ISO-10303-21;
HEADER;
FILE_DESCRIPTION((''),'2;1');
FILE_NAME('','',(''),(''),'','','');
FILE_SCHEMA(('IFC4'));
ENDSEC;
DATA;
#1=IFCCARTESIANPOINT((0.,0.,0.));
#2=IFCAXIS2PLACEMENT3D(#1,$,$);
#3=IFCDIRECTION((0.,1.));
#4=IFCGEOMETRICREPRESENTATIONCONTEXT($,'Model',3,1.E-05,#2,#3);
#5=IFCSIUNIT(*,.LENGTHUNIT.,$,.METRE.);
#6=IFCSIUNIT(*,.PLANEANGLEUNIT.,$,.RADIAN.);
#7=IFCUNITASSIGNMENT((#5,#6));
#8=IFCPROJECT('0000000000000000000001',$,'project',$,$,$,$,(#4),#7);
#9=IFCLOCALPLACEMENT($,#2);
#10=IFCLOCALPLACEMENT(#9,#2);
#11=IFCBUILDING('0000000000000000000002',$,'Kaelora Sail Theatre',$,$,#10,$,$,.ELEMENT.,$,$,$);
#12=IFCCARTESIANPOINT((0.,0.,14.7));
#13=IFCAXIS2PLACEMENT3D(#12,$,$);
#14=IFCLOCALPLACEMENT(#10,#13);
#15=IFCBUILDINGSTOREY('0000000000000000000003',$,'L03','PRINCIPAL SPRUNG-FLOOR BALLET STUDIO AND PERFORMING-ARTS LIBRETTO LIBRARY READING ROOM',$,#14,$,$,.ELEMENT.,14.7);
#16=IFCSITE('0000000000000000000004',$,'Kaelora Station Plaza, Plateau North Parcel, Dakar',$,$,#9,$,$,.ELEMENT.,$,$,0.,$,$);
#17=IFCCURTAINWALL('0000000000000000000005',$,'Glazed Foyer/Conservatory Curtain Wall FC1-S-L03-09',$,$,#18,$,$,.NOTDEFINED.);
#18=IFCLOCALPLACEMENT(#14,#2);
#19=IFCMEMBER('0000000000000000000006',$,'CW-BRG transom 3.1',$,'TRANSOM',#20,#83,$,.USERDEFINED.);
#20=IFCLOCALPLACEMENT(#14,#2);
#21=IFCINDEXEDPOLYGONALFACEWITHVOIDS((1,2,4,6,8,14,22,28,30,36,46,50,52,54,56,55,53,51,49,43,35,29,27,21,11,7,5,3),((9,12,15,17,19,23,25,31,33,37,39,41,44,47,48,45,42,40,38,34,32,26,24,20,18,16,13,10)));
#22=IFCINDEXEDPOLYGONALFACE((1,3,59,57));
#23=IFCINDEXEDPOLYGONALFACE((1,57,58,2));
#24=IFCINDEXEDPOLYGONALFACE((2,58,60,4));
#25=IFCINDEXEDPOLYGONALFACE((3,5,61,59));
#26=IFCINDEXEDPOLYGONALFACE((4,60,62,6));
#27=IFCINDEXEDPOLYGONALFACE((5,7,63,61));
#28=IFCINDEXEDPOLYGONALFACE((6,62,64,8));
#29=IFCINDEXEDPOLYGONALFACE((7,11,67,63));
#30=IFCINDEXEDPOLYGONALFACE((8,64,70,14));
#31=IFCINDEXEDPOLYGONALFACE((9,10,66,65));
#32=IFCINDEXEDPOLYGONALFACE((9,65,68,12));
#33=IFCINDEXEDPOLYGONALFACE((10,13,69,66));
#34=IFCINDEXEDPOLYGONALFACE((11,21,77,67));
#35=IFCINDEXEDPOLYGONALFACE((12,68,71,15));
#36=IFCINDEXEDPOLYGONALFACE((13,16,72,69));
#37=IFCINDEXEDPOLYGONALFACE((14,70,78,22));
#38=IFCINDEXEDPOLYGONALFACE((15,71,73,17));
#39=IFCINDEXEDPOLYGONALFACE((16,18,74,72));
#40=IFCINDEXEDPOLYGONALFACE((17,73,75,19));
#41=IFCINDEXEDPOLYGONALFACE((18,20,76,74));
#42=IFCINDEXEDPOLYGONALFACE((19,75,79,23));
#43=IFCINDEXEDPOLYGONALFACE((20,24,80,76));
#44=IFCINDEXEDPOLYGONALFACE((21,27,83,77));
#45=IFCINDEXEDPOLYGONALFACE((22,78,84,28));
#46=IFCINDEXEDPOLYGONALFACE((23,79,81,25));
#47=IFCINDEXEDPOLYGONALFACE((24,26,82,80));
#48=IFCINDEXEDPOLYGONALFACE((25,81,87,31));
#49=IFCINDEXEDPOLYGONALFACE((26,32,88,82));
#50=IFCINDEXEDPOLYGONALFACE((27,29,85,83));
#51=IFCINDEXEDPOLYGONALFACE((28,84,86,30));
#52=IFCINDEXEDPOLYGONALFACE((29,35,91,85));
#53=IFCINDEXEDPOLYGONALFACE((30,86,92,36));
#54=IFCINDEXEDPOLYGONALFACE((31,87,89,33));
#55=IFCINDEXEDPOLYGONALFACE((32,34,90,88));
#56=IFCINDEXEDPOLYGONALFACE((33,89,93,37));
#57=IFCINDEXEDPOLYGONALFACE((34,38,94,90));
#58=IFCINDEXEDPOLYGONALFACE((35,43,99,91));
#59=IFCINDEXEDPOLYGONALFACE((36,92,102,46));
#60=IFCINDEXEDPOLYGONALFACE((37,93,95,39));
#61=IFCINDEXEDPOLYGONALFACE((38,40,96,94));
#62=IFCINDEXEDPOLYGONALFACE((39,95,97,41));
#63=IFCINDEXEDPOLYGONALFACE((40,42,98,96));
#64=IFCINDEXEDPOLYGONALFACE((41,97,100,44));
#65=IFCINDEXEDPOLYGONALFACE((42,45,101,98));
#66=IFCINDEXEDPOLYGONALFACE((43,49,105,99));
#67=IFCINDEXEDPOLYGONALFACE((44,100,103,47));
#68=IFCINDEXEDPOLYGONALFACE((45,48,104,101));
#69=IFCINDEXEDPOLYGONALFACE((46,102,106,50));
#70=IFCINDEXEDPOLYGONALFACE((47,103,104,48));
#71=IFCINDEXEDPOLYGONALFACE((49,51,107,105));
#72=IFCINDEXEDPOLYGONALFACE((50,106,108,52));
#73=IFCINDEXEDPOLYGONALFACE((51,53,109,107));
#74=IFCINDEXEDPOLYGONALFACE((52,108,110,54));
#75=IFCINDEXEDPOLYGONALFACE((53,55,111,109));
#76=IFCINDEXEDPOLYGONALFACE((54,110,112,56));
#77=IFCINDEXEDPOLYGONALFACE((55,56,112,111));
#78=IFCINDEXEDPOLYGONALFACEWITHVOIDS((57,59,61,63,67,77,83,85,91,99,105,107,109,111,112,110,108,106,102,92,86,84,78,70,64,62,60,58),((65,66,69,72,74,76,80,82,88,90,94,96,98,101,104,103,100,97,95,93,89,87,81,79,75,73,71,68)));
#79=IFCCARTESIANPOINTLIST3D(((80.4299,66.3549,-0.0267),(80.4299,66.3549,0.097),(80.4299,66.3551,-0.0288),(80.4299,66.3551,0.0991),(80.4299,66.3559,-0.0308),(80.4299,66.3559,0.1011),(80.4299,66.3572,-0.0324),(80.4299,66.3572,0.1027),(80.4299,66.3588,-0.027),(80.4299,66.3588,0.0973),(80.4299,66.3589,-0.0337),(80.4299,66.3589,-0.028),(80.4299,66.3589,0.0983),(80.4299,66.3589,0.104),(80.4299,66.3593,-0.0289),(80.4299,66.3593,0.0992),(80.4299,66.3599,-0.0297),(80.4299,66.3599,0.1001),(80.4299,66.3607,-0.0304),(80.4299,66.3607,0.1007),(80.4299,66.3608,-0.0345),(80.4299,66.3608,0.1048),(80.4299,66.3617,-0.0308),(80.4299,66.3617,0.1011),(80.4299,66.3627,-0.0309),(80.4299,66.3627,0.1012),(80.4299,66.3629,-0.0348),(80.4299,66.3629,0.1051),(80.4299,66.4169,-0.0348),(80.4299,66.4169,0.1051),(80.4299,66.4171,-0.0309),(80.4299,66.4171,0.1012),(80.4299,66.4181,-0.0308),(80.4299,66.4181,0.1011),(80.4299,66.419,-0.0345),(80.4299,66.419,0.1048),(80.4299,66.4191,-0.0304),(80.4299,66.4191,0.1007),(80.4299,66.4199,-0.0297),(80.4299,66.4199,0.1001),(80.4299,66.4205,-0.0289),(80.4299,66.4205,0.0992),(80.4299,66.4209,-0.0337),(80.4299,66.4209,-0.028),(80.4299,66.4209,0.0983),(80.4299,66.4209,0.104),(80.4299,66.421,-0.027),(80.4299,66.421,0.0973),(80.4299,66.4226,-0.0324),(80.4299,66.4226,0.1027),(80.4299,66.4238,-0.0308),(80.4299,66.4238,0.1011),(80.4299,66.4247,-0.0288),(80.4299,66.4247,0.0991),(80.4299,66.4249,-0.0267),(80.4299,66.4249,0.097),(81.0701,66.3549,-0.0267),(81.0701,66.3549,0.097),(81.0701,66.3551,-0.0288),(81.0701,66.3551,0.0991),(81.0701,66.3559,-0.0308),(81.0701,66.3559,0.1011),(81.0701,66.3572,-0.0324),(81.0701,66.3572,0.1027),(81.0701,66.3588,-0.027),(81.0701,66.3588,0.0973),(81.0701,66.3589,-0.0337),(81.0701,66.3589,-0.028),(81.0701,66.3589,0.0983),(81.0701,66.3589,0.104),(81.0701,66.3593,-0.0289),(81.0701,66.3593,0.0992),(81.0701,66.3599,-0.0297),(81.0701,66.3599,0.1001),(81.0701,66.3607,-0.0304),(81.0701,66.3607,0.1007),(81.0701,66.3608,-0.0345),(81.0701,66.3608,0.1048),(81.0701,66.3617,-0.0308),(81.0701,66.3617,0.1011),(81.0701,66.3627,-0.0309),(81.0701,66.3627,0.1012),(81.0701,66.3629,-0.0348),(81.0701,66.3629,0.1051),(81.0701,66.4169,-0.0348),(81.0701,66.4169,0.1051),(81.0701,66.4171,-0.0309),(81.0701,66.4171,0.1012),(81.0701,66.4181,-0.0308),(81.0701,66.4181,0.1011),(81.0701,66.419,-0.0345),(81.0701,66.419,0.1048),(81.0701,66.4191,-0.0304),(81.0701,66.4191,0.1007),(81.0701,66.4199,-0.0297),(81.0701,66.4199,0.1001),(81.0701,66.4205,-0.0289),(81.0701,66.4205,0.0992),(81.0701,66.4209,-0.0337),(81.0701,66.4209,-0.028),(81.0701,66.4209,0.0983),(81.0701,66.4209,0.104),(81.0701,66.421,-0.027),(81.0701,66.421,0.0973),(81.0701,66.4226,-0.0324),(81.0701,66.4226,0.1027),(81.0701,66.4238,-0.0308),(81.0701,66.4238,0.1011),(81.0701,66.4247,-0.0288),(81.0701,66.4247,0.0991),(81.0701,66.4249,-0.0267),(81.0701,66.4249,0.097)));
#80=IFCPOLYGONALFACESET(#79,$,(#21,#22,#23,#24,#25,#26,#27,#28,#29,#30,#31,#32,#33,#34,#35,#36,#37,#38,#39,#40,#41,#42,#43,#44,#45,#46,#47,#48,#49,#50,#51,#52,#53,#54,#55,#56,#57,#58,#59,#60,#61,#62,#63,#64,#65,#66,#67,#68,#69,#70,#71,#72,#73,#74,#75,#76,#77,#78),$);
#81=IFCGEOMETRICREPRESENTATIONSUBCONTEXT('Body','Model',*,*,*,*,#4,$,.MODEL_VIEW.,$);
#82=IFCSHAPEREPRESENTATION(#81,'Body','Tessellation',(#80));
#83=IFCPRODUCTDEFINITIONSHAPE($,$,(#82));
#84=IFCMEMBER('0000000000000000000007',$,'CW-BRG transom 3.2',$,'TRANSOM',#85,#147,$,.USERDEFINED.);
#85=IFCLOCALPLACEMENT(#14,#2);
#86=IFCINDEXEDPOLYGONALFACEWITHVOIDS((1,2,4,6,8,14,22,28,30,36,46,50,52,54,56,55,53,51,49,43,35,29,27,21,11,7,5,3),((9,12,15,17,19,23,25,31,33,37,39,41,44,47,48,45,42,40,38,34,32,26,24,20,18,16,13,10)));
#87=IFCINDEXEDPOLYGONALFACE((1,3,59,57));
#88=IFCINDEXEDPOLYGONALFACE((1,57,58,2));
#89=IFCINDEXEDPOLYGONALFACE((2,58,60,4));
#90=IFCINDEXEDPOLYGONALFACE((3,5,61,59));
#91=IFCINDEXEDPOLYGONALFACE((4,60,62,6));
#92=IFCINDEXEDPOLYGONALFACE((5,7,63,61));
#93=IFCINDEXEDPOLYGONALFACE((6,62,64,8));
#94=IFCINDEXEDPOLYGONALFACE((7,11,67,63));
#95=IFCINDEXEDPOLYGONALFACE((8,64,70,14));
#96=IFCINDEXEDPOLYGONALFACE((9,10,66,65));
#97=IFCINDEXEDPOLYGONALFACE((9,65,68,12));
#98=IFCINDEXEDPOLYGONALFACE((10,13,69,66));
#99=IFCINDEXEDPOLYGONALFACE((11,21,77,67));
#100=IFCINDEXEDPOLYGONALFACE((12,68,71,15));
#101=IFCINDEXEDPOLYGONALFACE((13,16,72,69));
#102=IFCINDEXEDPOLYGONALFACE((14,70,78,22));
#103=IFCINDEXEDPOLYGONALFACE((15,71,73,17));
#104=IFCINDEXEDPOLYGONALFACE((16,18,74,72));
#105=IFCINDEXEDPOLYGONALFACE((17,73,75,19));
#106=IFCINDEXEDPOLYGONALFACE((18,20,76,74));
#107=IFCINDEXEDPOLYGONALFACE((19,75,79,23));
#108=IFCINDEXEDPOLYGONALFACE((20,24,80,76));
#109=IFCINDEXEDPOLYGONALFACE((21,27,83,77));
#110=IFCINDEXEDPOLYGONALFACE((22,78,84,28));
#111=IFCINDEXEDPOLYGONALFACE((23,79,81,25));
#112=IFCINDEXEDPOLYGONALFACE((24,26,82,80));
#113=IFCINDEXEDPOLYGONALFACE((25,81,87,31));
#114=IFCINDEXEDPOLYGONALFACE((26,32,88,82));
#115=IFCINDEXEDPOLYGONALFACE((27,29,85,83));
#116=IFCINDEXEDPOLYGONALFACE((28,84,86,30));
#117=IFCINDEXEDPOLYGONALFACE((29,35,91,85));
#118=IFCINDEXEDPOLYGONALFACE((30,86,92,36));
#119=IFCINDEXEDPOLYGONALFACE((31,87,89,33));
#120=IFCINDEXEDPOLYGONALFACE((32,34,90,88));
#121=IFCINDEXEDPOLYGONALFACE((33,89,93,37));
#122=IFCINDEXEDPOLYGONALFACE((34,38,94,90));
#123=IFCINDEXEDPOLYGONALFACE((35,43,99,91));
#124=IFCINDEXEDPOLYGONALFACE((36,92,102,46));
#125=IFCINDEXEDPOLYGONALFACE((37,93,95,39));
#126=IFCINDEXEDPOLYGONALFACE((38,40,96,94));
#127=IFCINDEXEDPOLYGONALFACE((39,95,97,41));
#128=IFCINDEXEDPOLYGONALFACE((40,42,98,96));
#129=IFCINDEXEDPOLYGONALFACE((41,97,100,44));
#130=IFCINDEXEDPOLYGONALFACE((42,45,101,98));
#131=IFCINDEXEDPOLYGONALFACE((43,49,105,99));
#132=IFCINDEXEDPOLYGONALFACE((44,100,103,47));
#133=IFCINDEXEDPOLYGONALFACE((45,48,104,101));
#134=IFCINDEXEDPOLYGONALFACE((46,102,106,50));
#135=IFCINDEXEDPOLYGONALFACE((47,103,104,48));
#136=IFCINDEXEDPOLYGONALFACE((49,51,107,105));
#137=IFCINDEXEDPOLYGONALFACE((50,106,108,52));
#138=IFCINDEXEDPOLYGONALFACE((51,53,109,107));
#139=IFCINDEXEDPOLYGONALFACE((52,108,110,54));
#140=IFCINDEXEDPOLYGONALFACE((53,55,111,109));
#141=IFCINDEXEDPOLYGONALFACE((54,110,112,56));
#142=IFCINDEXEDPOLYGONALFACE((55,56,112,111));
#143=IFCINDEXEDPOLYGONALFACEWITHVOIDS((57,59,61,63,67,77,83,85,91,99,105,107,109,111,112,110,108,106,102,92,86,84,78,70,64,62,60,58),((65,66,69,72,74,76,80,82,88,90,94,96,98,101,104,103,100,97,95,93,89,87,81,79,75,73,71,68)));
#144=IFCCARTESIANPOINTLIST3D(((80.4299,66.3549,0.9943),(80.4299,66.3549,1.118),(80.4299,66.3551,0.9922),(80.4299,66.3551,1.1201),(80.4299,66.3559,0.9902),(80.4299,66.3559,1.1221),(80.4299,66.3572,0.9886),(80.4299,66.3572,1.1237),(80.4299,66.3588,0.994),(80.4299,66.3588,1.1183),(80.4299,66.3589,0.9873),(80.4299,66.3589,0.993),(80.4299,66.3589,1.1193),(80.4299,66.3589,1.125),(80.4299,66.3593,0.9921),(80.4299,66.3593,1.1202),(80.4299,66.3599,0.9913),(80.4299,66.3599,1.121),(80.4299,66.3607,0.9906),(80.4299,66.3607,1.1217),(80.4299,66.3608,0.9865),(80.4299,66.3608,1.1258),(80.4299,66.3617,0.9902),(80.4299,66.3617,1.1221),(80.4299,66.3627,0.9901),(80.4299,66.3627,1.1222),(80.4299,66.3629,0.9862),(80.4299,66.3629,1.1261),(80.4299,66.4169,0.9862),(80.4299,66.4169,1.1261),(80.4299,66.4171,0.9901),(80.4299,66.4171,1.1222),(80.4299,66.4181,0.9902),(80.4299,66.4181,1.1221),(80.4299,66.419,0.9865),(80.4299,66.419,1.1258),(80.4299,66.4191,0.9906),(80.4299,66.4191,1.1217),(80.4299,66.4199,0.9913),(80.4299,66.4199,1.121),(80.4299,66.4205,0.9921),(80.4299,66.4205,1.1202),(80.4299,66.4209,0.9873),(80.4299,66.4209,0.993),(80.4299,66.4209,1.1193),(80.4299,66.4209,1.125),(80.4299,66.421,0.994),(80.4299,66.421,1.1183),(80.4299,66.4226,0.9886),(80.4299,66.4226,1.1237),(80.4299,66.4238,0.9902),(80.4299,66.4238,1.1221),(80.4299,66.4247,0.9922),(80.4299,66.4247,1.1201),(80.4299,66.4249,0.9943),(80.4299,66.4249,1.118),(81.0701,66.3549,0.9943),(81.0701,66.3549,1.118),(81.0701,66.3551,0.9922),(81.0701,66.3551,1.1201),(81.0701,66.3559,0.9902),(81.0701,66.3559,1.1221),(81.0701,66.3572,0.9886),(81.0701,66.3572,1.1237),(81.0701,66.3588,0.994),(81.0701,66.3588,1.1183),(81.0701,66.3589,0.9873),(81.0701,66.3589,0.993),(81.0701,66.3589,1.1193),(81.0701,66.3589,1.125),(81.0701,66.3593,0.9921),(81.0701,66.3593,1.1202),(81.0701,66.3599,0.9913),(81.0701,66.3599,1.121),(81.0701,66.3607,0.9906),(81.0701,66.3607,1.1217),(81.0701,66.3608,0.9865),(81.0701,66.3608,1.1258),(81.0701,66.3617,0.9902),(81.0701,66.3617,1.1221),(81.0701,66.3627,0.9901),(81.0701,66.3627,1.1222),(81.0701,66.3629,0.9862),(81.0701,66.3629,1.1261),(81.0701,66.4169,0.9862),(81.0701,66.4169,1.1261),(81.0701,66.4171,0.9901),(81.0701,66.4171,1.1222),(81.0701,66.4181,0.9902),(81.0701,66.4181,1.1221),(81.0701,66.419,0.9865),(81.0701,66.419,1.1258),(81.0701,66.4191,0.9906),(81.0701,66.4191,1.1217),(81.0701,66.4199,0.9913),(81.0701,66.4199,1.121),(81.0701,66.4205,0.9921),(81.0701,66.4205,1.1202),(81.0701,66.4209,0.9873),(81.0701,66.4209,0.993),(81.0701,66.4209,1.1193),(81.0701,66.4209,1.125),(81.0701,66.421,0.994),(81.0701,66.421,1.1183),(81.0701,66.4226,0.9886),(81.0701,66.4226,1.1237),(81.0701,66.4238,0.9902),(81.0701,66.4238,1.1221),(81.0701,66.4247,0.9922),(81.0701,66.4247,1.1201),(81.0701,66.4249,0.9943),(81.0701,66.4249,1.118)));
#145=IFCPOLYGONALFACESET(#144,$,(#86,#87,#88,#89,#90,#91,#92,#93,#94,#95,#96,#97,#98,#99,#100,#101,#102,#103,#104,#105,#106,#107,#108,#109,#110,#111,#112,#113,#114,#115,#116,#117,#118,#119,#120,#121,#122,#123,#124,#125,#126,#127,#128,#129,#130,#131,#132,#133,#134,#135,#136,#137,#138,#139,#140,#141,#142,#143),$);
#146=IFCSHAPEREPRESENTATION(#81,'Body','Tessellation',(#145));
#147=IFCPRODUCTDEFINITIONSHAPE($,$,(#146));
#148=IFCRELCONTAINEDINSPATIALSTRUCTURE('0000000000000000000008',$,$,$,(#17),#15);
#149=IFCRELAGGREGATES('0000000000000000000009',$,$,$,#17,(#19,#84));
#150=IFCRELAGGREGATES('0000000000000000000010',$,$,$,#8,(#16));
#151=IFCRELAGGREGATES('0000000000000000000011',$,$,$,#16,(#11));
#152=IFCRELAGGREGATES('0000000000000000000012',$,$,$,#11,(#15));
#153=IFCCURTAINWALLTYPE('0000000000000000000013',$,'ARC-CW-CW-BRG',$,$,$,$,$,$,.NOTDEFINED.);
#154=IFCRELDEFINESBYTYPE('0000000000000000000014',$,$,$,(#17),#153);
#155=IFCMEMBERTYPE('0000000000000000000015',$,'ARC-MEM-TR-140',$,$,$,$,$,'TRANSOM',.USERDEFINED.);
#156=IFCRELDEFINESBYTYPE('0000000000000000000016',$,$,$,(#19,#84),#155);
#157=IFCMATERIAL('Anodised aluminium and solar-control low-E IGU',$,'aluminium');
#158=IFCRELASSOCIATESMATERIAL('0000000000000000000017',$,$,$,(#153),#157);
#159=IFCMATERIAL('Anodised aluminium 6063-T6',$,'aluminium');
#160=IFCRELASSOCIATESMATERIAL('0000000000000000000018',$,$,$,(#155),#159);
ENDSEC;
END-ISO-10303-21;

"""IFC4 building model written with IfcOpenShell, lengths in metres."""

from ifc_helpers import new_model, si_unit, direction, frame, origin, origin_2d, place, context, subcontext, project, spatial, hollow_rectangle, extrude, material, material_profile, profile_set, type_object, element, aggregate, save


model = new_model("IFC4")

# Units and contexts
model_context = context("Model", 3, precision=1e-05, world=origin(), true_north=direction((0.0, 1.0)))
body_context = subcontext(model_context, "Body", "Model", "MODEL_VIEW")
ifc_project = project(units=[si_unit("LENGTHUNIT", "METRE"), si_unit("PLANEANGLEUNIT", "RADIAN")], contexts=[model_context])

# Site, building, storey
site_placement = place(None, origin())
site = spatial("IfcSite", under=ifc_project, at=site_placement, Name="Kaelora Station Plaza, Plateau North Parcel, Dakar", CompositionType="ELEMENT", RefElevation=0.0)
building_placement = place(site_placement, origin())
building = spatial("IfcBuilding", under=site, at=building_placement, Name="Kaelora Sail Theatre", CompositionType="ELEMENT")
storey_placement = place(building_placement, frame((0.0, 0.0, 14.7)))
storey = spatial("IfcBuildingStorey", under=building, at=storey_placement, Name="L03", Description="PRINCIPAL SPRUNG-FLOOR BALLET STUDIO AND PERFORMING-ARTS LIBRETTO LIBRARY READING ROOM", CompositionType="ELEMENT", Elevation=14.7)

# Curtain wall, members
ifc_material_1 = material(Name="Anodised aluminium and solar-control low-E IGU", Category="aluminium")
curtain_wall_type = type_object("IfcCurtainWallType", Name="ARC-CW-CW-BRG", PredefinedType="NOTDEFINED", material=ifc_material_1)
curtain_wall_placement = place(storey_placement, origin())
curtain_wall = element("IfcCurtainWall", 1, at=curtain_wall_placement, inside=storey, type_object=curtain_wall_type, Name="Glazed Foyer/Conservatory Curtain Wall FC1-S-L03-09", PredefinedType="NOTDEFINED")
ifc_material_2 = material(Name="Anodised aluminium 6063-T6", Category="aluminium")
ifc_material_profile_1 = material_profile(ifc_material_2, hollow_rectangle(XDim=0.0701, YDim=0.1399, WallThickness=0.0039, InnerFilletRadius=0.0039, OuterFilletRadius=0.0081, at=origin_2d()), Name="ALU-TRAN 70x140x4")
ifc_profile_set_1 = profile_set([ifc_material_profile_1], Name="Anodised aluminium 6063-T6")
member_type_1 = type_object("IfcMemberType", Name="ARC-MEM-TR-140", ElementType="TRANSOM", PredefinedType="USERDEFINED", material=ifc_profile_set_1)
member_1_placement = place(storey_placement, frame((80.4299, 66.3899, 0.0352), z_axis=(1.0, 0.0, 0.0), x_axis=(0.0, 1.0, 0.0)))
member_1 = element("IfcMember", 2, at=member_1_placement, type_object=member_type_1, Name="CW-BRG transom 3.1", ObjectType="TRANSOM", PredefinedType="USERDEFINED", context=body_context, shape_type="SweptSolid", body=[
    extrude(hollow_rectangle(XDim=0.0701, YDim=0.1399, WallThickness=0.0039, InnerFilletRadius=0.0039, OuterFilletRadius=0.0081, at=origin_2d()), origin(), (0.0, 0.0, 1.0), 0.6401),
])
member_2_placement = place(storey_placement, frame((80.4299, 66.3899, 1.0562), z_axis=(1.0, 0.0, 0.0), x_axis=(0.0, 1.0, 0.0)))
member_2 = element("IfcMember", 3, at=member_2_placement, type_object=member_type_1, Name="CW-BRG transom 3.2", ObjectType="TRANSOM", PredefinedType="USERDEFINED", context=body_context, shape_type="SweptSolid", body=[
    extrude(hollow_rectangle(XDim=0.0701, YDim=0.1399, WallThickness=0.0039, InnerFilletRadius=0.0039, OuterFilletRadius=0.0081, at=origin_2d()), origin(), (0.0, 0.0, 1.0), 0.6401),
])
aggregate(curtain_wall, [member_1, member_2])

save(model, "model.ifc")
